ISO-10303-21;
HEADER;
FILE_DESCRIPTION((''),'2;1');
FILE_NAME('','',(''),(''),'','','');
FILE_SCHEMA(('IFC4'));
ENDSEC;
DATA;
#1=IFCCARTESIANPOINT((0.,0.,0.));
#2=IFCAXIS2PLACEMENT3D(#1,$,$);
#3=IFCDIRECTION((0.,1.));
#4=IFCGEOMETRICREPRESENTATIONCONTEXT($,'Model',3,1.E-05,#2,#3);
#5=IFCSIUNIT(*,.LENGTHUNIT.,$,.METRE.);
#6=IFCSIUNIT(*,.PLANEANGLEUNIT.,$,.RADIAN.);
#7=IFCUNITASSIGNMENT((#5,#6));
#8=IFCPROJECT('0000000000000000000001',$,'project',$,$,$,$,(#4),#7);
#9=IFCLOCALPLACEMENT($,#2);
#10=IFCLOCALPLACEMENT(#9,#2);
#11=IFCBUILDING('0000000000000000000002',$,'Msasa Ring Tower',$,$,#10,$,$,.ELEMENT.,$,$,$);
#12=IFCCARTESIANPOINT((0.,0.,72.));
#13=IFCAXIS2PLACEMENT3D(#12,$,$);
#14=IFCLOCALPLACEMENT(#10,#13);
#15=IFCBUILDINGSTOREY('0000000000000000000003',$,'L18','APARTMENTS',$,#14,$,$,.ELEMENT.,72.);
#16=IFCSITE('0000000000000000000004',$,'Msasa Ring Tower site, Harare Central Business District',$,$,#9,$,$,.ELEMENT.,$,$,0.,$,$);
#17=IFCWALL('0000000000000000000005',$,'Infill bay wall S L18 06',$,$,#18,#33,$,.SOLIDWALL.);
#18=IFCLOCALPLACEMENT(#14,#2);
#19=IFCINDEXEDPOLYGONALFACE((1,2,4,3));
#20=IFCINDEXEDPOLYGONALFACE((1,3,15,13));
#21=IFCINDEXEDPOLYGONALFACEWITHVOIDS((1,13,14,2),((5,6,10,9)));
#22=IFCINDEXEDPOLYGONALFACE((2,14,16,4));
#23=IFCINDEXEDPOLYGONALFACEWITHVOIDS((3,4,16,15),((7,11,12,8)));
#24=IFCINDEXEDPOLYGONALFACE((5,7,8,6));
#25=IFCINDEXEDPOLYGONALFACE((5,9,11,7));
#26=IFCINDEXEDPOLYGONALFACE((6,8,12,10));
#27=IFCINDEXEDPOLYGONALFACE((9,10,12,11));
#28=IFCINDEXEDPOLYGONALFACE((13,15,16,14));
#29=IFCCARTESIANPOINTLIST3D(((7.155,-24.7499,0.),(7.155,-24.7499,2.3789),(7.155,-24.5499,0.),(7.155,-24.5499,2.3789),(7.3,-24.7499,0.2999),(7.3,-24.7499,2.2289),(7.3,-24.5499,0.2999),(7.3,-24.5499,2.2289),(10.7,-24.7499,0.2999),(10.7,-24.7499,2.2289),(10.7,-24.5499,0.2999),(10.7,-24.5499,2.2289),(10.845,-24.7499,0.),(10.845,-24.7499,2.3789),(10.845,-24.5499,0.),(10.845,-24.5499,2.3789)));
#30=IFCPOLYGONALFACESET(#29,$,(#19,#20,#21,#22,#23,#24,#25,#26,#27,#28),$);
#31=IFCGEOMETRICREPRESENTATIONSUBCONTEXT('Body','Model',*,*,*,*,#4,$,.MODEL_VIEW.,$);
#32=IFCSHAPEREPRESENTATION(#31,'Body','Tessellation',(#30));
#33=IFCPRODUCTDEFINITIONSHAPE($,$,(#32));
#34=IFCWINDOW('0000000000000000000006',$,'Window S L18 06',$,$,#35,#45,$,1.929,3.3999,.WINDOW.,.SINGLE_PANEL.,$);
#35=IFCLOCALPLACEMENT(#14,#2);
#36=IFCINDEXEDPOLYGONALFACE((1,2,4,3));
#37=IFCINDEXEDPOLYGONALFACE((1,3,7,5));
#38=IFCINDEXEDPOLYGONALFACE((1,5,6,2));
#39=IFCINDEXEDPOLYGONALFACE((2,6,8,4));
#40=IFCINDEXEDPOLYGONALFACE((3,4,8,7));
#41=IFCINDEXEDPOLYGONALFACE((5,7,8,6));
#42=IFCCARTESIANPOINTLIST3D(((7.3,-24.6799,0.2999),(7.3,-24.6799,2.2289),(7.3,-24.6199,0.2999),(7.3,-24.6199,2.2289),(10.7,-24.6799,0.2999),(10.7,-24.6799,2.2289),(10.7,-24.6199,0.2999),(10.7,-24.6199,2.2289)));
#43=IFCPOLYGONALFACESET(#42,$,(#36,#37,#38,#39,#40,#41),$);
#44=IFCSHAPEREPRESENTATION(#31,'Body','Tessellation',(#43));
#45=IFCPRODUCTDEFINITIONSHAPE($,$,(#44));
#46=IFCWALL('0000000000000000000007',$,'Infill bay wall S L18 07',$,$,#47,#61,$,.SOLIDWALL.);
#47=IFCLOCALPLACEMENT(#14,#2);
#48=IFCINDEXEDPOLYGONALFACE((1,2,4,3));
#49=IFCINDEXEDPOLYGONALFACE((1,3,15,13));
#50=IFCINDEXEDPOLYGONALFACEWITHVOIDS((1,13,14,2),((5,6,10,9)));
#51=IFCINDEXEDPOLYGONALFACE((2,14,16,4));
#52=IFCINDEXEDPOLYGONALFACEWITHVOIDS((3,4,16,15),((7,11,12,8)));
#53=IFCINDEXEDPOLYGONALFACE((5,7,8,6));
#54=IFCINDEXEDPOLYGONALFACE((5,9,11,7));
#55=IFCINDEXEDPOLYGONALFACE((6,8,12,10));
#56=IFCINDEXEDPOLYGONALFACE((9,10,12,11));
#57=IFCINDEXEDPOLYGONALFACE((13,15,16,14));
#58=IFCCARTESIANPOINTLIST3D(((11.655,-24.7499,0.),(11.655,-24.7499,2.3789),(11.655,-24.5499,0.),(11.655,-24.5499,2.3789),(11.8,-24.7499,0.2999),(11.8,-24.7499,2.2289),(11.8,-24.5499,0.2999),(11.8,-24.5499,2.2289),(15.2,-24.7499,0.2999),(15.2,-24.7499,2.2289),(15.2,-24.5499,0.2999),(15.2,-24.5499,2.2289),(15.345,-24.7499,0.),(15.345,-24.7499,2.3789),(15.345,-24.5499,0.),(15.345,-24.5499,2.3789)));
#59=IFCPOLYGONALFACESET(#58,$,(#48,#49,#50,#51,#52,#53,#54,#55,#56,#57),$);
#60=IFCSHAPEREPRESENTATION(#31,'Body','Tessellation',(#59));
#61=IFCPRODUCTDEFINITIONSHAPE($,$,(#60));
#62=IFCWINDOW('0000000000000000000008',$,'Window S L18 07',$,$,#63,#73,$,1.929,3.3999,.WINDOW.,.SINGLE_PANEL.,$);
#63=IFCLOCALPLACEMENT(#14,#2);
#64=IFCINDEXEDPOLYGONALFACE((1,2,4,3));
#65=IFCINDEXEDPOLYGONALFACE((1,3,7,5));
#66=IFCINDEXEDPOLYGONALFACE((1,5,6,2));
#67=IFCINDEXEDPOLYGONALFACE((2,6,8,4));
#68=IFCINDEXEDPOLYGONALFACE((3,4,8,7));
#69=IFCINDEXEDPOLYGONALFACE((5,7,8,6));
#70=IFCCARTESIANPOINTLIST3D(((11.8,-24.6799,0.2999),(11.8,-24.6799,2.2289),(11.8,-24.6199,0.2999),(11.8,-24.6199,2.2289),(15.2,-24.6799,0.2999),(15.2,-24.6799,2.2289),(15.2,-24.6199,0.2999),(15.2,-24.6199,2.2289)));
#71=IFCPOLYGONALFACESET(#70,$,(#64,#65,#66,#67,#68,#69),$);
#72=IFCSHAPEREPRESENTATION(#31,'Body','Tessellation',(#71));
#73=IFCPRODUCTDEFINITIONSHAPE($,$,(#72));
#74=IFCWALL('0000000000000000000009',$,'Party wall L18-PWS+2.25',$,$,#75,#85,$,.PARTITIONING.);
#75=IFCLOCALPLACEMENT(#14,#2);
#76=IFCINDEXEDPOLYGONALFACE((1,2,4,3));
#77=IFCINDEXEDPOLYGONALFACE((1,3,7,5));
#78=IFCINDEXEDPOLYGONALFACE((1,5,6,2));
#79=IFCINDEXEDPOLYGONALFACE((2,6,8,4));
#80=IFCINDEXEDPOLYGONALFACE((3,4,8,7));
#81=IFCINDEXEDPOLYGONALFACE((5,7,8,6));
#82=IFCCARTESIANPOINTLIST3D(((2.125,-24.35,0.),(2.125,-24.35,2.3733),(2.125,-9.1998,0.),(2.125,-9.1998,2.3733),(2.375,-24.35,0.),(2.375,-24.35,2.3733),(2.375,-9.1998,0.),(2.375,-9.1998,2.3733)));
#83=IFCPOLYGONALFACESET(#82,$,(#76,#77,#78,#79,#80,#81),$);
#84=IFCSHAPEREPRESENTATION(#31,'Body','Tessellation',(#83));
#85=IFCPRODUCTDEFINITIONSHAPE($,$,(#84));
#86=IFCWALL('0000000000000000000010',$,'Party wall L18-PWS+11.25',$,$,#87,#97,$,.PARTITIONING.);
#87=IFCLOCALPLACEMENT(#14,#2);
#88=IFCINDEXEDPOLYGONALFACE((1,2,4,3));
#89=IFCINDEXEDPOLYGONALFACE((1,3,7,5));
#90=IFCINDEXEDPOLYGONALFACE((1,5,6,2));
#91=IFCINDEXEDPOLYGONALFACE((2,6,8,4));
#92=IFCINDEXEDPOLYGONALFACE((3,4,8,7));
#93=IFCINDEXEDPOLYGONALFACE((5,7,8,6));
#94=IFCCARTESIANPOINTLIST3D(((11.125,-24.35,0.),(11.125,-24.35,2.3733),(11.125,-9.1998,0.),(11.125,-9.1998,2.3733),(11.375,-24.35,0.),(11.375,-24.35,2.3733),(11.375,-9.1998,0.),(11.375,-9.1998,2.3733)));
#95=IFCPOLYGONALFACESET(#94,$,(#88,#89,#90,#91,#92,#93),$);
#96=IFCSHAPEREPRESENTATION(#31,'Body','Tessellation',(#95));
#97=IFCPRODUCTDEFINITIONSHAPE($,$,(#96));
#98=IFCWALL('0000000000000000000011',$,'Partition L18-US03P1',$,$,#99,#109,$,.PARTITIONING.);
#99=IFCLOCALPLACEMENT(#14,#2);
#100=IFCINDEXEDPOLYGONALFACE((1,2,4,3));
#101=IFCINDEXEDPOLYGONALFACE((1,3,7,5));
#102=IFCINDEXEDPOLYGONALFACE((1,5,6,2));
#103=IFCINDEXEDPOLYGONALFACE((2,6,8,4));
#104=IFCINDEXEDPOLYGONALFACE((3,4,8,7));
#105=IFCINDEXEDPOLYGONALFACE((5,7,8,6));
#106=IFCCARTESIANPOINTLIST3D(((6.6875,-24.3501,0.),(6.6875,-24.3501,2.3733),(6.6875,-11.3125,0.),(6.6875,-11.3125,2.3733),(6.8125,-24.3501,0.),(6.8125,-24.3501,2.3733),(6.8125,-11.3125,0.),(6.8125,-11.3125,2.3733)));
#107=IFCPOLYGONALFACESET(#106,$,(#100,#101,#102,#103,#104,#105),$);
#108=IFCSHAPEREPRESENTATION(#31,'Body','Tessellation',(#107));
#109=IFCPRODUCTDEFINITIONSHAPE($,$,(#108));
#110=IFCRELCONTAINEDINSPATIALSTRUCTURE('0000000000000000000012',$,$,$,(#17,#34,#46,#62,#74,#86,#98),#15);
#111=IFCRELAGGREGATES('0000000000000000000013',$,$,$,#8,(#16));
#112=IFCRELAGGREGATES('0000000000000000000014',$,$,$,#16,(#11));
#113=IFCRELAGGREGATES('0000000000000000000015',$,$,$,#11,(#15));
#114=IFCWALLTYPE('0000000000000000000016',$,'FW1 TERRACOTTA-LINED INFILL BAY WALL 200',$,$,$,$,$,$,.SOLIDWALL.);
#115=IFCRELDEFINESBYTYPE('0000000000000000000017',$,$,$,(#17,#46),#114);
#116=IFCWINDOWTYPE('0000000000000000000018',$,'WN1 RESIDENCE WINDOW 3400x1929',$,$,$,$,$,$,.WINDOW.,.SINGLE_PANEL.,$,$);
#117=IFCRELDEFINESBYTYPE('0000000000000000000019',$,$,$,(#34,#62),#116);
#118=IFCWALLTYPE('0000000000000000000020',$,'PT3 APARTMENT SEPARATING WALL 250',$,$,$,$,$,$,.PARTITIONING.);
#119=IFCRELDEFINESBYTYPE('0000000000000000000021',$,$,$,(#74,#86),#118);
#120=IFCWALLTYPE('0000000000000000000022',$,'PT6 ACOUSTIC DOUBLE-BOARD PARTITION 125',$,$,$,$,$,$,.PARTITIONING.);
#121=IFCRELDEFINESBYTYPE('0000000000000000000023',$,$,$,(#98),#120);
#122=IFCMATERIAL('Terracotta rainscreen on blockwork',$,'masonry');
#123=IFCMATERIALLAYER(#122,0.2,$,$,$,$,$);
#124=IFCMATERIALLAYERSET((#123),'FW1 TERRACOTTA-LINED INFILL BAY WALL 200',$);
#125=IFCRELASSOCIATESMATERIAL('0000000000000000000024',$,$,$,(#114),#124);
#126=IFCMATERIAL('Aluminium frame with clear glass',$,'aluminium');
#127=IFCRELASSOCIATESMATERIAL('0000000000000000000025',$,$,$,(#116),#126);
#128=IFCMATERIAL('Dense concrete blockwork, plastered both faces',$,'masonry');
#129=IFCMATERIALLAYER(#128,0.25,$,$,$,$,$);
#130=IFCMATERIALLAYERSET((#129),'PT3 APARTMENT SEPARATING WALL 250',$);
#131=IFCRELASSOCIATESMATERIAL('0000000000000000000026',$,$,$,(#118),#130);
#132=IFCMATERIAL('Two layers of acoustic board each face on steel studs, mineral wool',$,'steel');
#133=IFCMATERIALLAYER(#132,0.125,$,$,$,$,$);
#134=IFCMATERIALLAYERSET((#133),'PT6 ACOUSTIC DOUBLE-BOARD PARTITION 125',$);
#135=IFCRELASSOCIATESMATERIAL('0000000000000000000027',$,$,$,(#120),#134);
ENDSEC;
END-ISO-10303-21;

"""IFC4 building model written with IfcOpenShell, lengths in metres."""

from ifc_helpers import new_model, si_unit, direction, frame, frame_2d, origin, place, context, subcontext, project, spatial, rectangle, extrude, material, layer, layer_set, type_object, element, fill, save


model = new_model("IFC4")

# Units and contexts
model_context = context("Model", 3, precision=1e-05, world=origin(), true_north=direction((0.0, 1.0)))
body_context = subcontext(model_context, "Body", "Model", "MODEL_VIEW")
ifc_project = project(units=[si_unit("LENGTHUNIT", "METRE"), si_unit("PLANEANGLEUNIT", "RADIAN")], contexts=[model_context])

# Site, building, storey
site_placement = place(None, origin())
site = spatial("IfcSite", under=ifc_project, at=site_placement, Name="Msasa Ring Tower site, Harare Central Business District", CompositionType="ELEMENT", RefElevation=0.0)
building_placement = place(site_placement, origin())
building = spatial("IfcBuilding", under=site, at=building_placement, Name="Msasa Ring Tower", CompositionType="ELEMENT")
storey_placement = place(building_placement, frame((0.0, 0.0, 72.0)))
storey = spatial("IfcBuildingStorey", under=building, at=storey_placement, Name="L18", Description="APARTMENTS", CompositionType="ELEMENT", Elevation=72.0)

# Walls, openings, windows
ifc_material_1 = material(Name="Terracotta rainscreen on blockwork", Category="masonry")
ifc_layer_1 = layer(ifc_material_1, 0.2)
ifc_layer_set_1 = layer_set([ifc_layer_1], Name="FW1 TERRACOTTA-LINED INFILL BAY WALL 200")
wall_type_1 = type_object("IfcWallType", Name="FW1 TERRACOTTA-LINED INFILL BAY WALL 200", PredefinedType="SOLIDWALL", material=ifc_layer_set_1)
ifc_material_2 = material(Name="Aluminium frame with clear glass", Category="aluminium")
window_type = type_object("IfcWindowType", Name="WN1 RESIDENCE WINDOW 3400x1929", PartitioningType="SINGLE_PANEL", PredefinedType="WINDOW", material=ifc_material_2)
wall_1_placement = place(storey_placement, frame((7.155, -24.6499, 0.0), z_axis=(0.0, 0.0, 1.0), x_axis=(1.0, 0.0, 0.0)))
wall_1 = element("IfcWall", 1, at=wall_1_placement, inside=storey, type_object=wall_type_1, Name="Infill bay wall S L18 06", PredefinedType="SOLIDWALL", context=body_context, shape_type="SweptSolid", body=[
    extrude(rectangle(XDim=3.6899, YDim=0.2, at=frame_2d((1.845, 0.0))), origin(), (0.0, 0.0, 1.0), 2.3789),
])
opening_1_placement = place(wall_1_placement, frame((0.145, 0.0, 0.3)))
opening_1 = element("IfcOpeningElement", 2, at=opening_1_placement, cuts=wall_1, PredefinedType="OPENING", context=body_context, shape_type="SweptSolid", body=[
    extrude(rectangle(XDim=3.3999, YDim=1.929, at=frame_2d((1.7, 0.9644))), frame((0.0, 0.1099, 0.0), z_axis=(0.0, -1.0, 0.0), x_axis=(1.0, 0.0, 0.0)), (0.0, 0.0, 1.0), 0.22),
])
window_1_placement = place(opening_1_placement, origin())
window_1 = element("IfcWindow", 3, at=window_1_placement, inside=storey, type_object=window_type, Name="Window S L18 06", OverallHeight=1.929, OverallWidth=3.3999, PartitioningType="SINGLE_PANEL", PredefinedType="WINDOW", context=body_context, shape_type="SweptSolid", body=[
    extrude(rectangle(XDim=3.3999, YDim=1.929, at=frame_2d((1.7, 0.9644))), frame((0.0, 0.03, 0.0), z_axis=(0.0, -1.0, 0.0), x_axis=(1.0, 0.0, 0.0)), (0.0, 0.0, 1.0), 0.0601),
])
fill(opening_1, window_1)
wall_2_placement = place(storey_placement, frame((11.655, -24.6499, 0.0), z_axis=(0.0, 0.0, 1.0), x_axis=(1.0, 0.0, 0.0)))
wall_2 = element("IfcWall", 4, at=wall_2_placement, inside=storey, type_object=wall_type_1, Name="Infill bay wall S L18 07", PredefinedType="SOLIDWALL", context=body_context, shape_type="SweptSolid", body=[
    extrude(rectangle(XDim=3.6899, YDim=0.2, at=frame_2d((1.845, 0.0))), origin(), (0.0, 0.0, 1.0), 2.3789),
])
opening_2_placement = place(wall_2_placement, frame((0.145, 0.0, 0.3)))
opening_2 = element("IfcOpeningElement", 5, at=opening_2_placement, cuts=wall_2, PredefinedType="OPENING", context=body_context, shape_type="SweptSolid", body=[
    extrude(rectangle(XDim=3.3999, YDim=1.929, at=frame_2d((1.7, 0.9644))), frame((0.0, 0.1099, 0.0), z_axis=(0.0, -1.0, 0.0), x_axis=(1.0, 0.0, 0.0)), (0.0, 0.0, 1.0), 0.22),
])
window_2_placement = place(opening_2_placement, origin())
window_2 = element("IfcWindow", 6, at=window_2_placement, inside=storey, type_object=window_type, Name="Window S L18 07", OverallHeight=1.929, OverallWidth=3.3999, PartitioningType="SINGLE_PANEL", PredefinedType="WINDOW", context=body_context, shape_type="SweptSolid", body=[
    extrude(rectangle(XDim=3.3999, YDim=1.929, at=frame_2d((1.7, 0.9644))), frame((0.0, 0.03, 0.0), z_axis=(0.0, -1.0, 0.0), x_axis=(1.0, 0.0, 0.0)), (0.0, 0.0, 1.0), 0.0601),
])
fill(opening_2, window_2)

# Walls
ifc_material_3 = material(Name="Dense concrete blockwork, plastered both faces", Category="masonry")
ifc_layer_2 = layer(ifc_material_3, 0.25)
ifc_layer_set_2 = layer_set([ifc_layer_2], Name="PT3 APARTMENT SEPARATING WALL 250")
wall_type_2 = type_object("IfcWallType", Name="PT3 APARTMENT SEPARATING WALL 250", PredefinedType="PARTITIONING", material=ifc_layer_set_2)
for number, where, z_axis, x_axis, name in (
    (7, (2.25, -24.3501, 0.0), (0.0, 0.0, 1.0), (0.0, 1.0, 0.0), "Party wall L18-PWS+2.25"),
    (8, (11.25, -24.3501, 0.0), (0.0, 0.0, 1.0), (0.0, 1.0, 0.0), "Party wall L18-PWS+11.25"),
):
    element("IfcWall", number, at=place(storey_placement, frame(where, z_axis=z_axis, x_axis=x_axis)), inside=storey, type_object=wall_type_2, Name=name, PredefinedType="PARTITIONING", context=body_context, shape_type="SweptSolid", body=[
        extrude(rectangle(XDim=15.1501, YDim=0.25, at=frame_2d((7.5752, 0.0))), origin(), (0.0, 0.0, 1.0), 2.3733),
    ])
ifc_material_4 = material(Name="Two layers of acoustic board each face on steel studs, mineral wool", Category="steel")
ifc_layer_3 = layer(ifc_material_4, 0.125)
ifc_layer_set_3 = layer_set([ifc_layer_3], Name="PT6 ACOUSTIC DOUBLE-BOARD PARTITION 125")
wall_type_3 = type_object("IfcWallType", Name="PT6 ACOUSTIC DOUBLE-BOARD PARTITION 125", PredefinedType="PARTITIONING", material=ifc_layer_set_3)
wall_3_placement = place(storey_placement, frame((6.75, -24.3501, 0.0), z_axis=(0.0, 0.0, 1.0), x_axis=(0.0, 1.0, 0.0)))
element("IfcWall", 9, at=wall_3_placement, inside=storey, type_object=wall_type_3, Name="Partition L18-US03P1", PredefinedType="PARTITIONING", context=body_context, shape_type="SweptSolid", body=[
    extrude(rectangle(XDim=13.0376, YDim=0.125, at=frame_2d((6.5188, 0.0))), origin(), (0.0, 0.0, 1.0), 2.3733),
])

save(model, "model.ifc")
